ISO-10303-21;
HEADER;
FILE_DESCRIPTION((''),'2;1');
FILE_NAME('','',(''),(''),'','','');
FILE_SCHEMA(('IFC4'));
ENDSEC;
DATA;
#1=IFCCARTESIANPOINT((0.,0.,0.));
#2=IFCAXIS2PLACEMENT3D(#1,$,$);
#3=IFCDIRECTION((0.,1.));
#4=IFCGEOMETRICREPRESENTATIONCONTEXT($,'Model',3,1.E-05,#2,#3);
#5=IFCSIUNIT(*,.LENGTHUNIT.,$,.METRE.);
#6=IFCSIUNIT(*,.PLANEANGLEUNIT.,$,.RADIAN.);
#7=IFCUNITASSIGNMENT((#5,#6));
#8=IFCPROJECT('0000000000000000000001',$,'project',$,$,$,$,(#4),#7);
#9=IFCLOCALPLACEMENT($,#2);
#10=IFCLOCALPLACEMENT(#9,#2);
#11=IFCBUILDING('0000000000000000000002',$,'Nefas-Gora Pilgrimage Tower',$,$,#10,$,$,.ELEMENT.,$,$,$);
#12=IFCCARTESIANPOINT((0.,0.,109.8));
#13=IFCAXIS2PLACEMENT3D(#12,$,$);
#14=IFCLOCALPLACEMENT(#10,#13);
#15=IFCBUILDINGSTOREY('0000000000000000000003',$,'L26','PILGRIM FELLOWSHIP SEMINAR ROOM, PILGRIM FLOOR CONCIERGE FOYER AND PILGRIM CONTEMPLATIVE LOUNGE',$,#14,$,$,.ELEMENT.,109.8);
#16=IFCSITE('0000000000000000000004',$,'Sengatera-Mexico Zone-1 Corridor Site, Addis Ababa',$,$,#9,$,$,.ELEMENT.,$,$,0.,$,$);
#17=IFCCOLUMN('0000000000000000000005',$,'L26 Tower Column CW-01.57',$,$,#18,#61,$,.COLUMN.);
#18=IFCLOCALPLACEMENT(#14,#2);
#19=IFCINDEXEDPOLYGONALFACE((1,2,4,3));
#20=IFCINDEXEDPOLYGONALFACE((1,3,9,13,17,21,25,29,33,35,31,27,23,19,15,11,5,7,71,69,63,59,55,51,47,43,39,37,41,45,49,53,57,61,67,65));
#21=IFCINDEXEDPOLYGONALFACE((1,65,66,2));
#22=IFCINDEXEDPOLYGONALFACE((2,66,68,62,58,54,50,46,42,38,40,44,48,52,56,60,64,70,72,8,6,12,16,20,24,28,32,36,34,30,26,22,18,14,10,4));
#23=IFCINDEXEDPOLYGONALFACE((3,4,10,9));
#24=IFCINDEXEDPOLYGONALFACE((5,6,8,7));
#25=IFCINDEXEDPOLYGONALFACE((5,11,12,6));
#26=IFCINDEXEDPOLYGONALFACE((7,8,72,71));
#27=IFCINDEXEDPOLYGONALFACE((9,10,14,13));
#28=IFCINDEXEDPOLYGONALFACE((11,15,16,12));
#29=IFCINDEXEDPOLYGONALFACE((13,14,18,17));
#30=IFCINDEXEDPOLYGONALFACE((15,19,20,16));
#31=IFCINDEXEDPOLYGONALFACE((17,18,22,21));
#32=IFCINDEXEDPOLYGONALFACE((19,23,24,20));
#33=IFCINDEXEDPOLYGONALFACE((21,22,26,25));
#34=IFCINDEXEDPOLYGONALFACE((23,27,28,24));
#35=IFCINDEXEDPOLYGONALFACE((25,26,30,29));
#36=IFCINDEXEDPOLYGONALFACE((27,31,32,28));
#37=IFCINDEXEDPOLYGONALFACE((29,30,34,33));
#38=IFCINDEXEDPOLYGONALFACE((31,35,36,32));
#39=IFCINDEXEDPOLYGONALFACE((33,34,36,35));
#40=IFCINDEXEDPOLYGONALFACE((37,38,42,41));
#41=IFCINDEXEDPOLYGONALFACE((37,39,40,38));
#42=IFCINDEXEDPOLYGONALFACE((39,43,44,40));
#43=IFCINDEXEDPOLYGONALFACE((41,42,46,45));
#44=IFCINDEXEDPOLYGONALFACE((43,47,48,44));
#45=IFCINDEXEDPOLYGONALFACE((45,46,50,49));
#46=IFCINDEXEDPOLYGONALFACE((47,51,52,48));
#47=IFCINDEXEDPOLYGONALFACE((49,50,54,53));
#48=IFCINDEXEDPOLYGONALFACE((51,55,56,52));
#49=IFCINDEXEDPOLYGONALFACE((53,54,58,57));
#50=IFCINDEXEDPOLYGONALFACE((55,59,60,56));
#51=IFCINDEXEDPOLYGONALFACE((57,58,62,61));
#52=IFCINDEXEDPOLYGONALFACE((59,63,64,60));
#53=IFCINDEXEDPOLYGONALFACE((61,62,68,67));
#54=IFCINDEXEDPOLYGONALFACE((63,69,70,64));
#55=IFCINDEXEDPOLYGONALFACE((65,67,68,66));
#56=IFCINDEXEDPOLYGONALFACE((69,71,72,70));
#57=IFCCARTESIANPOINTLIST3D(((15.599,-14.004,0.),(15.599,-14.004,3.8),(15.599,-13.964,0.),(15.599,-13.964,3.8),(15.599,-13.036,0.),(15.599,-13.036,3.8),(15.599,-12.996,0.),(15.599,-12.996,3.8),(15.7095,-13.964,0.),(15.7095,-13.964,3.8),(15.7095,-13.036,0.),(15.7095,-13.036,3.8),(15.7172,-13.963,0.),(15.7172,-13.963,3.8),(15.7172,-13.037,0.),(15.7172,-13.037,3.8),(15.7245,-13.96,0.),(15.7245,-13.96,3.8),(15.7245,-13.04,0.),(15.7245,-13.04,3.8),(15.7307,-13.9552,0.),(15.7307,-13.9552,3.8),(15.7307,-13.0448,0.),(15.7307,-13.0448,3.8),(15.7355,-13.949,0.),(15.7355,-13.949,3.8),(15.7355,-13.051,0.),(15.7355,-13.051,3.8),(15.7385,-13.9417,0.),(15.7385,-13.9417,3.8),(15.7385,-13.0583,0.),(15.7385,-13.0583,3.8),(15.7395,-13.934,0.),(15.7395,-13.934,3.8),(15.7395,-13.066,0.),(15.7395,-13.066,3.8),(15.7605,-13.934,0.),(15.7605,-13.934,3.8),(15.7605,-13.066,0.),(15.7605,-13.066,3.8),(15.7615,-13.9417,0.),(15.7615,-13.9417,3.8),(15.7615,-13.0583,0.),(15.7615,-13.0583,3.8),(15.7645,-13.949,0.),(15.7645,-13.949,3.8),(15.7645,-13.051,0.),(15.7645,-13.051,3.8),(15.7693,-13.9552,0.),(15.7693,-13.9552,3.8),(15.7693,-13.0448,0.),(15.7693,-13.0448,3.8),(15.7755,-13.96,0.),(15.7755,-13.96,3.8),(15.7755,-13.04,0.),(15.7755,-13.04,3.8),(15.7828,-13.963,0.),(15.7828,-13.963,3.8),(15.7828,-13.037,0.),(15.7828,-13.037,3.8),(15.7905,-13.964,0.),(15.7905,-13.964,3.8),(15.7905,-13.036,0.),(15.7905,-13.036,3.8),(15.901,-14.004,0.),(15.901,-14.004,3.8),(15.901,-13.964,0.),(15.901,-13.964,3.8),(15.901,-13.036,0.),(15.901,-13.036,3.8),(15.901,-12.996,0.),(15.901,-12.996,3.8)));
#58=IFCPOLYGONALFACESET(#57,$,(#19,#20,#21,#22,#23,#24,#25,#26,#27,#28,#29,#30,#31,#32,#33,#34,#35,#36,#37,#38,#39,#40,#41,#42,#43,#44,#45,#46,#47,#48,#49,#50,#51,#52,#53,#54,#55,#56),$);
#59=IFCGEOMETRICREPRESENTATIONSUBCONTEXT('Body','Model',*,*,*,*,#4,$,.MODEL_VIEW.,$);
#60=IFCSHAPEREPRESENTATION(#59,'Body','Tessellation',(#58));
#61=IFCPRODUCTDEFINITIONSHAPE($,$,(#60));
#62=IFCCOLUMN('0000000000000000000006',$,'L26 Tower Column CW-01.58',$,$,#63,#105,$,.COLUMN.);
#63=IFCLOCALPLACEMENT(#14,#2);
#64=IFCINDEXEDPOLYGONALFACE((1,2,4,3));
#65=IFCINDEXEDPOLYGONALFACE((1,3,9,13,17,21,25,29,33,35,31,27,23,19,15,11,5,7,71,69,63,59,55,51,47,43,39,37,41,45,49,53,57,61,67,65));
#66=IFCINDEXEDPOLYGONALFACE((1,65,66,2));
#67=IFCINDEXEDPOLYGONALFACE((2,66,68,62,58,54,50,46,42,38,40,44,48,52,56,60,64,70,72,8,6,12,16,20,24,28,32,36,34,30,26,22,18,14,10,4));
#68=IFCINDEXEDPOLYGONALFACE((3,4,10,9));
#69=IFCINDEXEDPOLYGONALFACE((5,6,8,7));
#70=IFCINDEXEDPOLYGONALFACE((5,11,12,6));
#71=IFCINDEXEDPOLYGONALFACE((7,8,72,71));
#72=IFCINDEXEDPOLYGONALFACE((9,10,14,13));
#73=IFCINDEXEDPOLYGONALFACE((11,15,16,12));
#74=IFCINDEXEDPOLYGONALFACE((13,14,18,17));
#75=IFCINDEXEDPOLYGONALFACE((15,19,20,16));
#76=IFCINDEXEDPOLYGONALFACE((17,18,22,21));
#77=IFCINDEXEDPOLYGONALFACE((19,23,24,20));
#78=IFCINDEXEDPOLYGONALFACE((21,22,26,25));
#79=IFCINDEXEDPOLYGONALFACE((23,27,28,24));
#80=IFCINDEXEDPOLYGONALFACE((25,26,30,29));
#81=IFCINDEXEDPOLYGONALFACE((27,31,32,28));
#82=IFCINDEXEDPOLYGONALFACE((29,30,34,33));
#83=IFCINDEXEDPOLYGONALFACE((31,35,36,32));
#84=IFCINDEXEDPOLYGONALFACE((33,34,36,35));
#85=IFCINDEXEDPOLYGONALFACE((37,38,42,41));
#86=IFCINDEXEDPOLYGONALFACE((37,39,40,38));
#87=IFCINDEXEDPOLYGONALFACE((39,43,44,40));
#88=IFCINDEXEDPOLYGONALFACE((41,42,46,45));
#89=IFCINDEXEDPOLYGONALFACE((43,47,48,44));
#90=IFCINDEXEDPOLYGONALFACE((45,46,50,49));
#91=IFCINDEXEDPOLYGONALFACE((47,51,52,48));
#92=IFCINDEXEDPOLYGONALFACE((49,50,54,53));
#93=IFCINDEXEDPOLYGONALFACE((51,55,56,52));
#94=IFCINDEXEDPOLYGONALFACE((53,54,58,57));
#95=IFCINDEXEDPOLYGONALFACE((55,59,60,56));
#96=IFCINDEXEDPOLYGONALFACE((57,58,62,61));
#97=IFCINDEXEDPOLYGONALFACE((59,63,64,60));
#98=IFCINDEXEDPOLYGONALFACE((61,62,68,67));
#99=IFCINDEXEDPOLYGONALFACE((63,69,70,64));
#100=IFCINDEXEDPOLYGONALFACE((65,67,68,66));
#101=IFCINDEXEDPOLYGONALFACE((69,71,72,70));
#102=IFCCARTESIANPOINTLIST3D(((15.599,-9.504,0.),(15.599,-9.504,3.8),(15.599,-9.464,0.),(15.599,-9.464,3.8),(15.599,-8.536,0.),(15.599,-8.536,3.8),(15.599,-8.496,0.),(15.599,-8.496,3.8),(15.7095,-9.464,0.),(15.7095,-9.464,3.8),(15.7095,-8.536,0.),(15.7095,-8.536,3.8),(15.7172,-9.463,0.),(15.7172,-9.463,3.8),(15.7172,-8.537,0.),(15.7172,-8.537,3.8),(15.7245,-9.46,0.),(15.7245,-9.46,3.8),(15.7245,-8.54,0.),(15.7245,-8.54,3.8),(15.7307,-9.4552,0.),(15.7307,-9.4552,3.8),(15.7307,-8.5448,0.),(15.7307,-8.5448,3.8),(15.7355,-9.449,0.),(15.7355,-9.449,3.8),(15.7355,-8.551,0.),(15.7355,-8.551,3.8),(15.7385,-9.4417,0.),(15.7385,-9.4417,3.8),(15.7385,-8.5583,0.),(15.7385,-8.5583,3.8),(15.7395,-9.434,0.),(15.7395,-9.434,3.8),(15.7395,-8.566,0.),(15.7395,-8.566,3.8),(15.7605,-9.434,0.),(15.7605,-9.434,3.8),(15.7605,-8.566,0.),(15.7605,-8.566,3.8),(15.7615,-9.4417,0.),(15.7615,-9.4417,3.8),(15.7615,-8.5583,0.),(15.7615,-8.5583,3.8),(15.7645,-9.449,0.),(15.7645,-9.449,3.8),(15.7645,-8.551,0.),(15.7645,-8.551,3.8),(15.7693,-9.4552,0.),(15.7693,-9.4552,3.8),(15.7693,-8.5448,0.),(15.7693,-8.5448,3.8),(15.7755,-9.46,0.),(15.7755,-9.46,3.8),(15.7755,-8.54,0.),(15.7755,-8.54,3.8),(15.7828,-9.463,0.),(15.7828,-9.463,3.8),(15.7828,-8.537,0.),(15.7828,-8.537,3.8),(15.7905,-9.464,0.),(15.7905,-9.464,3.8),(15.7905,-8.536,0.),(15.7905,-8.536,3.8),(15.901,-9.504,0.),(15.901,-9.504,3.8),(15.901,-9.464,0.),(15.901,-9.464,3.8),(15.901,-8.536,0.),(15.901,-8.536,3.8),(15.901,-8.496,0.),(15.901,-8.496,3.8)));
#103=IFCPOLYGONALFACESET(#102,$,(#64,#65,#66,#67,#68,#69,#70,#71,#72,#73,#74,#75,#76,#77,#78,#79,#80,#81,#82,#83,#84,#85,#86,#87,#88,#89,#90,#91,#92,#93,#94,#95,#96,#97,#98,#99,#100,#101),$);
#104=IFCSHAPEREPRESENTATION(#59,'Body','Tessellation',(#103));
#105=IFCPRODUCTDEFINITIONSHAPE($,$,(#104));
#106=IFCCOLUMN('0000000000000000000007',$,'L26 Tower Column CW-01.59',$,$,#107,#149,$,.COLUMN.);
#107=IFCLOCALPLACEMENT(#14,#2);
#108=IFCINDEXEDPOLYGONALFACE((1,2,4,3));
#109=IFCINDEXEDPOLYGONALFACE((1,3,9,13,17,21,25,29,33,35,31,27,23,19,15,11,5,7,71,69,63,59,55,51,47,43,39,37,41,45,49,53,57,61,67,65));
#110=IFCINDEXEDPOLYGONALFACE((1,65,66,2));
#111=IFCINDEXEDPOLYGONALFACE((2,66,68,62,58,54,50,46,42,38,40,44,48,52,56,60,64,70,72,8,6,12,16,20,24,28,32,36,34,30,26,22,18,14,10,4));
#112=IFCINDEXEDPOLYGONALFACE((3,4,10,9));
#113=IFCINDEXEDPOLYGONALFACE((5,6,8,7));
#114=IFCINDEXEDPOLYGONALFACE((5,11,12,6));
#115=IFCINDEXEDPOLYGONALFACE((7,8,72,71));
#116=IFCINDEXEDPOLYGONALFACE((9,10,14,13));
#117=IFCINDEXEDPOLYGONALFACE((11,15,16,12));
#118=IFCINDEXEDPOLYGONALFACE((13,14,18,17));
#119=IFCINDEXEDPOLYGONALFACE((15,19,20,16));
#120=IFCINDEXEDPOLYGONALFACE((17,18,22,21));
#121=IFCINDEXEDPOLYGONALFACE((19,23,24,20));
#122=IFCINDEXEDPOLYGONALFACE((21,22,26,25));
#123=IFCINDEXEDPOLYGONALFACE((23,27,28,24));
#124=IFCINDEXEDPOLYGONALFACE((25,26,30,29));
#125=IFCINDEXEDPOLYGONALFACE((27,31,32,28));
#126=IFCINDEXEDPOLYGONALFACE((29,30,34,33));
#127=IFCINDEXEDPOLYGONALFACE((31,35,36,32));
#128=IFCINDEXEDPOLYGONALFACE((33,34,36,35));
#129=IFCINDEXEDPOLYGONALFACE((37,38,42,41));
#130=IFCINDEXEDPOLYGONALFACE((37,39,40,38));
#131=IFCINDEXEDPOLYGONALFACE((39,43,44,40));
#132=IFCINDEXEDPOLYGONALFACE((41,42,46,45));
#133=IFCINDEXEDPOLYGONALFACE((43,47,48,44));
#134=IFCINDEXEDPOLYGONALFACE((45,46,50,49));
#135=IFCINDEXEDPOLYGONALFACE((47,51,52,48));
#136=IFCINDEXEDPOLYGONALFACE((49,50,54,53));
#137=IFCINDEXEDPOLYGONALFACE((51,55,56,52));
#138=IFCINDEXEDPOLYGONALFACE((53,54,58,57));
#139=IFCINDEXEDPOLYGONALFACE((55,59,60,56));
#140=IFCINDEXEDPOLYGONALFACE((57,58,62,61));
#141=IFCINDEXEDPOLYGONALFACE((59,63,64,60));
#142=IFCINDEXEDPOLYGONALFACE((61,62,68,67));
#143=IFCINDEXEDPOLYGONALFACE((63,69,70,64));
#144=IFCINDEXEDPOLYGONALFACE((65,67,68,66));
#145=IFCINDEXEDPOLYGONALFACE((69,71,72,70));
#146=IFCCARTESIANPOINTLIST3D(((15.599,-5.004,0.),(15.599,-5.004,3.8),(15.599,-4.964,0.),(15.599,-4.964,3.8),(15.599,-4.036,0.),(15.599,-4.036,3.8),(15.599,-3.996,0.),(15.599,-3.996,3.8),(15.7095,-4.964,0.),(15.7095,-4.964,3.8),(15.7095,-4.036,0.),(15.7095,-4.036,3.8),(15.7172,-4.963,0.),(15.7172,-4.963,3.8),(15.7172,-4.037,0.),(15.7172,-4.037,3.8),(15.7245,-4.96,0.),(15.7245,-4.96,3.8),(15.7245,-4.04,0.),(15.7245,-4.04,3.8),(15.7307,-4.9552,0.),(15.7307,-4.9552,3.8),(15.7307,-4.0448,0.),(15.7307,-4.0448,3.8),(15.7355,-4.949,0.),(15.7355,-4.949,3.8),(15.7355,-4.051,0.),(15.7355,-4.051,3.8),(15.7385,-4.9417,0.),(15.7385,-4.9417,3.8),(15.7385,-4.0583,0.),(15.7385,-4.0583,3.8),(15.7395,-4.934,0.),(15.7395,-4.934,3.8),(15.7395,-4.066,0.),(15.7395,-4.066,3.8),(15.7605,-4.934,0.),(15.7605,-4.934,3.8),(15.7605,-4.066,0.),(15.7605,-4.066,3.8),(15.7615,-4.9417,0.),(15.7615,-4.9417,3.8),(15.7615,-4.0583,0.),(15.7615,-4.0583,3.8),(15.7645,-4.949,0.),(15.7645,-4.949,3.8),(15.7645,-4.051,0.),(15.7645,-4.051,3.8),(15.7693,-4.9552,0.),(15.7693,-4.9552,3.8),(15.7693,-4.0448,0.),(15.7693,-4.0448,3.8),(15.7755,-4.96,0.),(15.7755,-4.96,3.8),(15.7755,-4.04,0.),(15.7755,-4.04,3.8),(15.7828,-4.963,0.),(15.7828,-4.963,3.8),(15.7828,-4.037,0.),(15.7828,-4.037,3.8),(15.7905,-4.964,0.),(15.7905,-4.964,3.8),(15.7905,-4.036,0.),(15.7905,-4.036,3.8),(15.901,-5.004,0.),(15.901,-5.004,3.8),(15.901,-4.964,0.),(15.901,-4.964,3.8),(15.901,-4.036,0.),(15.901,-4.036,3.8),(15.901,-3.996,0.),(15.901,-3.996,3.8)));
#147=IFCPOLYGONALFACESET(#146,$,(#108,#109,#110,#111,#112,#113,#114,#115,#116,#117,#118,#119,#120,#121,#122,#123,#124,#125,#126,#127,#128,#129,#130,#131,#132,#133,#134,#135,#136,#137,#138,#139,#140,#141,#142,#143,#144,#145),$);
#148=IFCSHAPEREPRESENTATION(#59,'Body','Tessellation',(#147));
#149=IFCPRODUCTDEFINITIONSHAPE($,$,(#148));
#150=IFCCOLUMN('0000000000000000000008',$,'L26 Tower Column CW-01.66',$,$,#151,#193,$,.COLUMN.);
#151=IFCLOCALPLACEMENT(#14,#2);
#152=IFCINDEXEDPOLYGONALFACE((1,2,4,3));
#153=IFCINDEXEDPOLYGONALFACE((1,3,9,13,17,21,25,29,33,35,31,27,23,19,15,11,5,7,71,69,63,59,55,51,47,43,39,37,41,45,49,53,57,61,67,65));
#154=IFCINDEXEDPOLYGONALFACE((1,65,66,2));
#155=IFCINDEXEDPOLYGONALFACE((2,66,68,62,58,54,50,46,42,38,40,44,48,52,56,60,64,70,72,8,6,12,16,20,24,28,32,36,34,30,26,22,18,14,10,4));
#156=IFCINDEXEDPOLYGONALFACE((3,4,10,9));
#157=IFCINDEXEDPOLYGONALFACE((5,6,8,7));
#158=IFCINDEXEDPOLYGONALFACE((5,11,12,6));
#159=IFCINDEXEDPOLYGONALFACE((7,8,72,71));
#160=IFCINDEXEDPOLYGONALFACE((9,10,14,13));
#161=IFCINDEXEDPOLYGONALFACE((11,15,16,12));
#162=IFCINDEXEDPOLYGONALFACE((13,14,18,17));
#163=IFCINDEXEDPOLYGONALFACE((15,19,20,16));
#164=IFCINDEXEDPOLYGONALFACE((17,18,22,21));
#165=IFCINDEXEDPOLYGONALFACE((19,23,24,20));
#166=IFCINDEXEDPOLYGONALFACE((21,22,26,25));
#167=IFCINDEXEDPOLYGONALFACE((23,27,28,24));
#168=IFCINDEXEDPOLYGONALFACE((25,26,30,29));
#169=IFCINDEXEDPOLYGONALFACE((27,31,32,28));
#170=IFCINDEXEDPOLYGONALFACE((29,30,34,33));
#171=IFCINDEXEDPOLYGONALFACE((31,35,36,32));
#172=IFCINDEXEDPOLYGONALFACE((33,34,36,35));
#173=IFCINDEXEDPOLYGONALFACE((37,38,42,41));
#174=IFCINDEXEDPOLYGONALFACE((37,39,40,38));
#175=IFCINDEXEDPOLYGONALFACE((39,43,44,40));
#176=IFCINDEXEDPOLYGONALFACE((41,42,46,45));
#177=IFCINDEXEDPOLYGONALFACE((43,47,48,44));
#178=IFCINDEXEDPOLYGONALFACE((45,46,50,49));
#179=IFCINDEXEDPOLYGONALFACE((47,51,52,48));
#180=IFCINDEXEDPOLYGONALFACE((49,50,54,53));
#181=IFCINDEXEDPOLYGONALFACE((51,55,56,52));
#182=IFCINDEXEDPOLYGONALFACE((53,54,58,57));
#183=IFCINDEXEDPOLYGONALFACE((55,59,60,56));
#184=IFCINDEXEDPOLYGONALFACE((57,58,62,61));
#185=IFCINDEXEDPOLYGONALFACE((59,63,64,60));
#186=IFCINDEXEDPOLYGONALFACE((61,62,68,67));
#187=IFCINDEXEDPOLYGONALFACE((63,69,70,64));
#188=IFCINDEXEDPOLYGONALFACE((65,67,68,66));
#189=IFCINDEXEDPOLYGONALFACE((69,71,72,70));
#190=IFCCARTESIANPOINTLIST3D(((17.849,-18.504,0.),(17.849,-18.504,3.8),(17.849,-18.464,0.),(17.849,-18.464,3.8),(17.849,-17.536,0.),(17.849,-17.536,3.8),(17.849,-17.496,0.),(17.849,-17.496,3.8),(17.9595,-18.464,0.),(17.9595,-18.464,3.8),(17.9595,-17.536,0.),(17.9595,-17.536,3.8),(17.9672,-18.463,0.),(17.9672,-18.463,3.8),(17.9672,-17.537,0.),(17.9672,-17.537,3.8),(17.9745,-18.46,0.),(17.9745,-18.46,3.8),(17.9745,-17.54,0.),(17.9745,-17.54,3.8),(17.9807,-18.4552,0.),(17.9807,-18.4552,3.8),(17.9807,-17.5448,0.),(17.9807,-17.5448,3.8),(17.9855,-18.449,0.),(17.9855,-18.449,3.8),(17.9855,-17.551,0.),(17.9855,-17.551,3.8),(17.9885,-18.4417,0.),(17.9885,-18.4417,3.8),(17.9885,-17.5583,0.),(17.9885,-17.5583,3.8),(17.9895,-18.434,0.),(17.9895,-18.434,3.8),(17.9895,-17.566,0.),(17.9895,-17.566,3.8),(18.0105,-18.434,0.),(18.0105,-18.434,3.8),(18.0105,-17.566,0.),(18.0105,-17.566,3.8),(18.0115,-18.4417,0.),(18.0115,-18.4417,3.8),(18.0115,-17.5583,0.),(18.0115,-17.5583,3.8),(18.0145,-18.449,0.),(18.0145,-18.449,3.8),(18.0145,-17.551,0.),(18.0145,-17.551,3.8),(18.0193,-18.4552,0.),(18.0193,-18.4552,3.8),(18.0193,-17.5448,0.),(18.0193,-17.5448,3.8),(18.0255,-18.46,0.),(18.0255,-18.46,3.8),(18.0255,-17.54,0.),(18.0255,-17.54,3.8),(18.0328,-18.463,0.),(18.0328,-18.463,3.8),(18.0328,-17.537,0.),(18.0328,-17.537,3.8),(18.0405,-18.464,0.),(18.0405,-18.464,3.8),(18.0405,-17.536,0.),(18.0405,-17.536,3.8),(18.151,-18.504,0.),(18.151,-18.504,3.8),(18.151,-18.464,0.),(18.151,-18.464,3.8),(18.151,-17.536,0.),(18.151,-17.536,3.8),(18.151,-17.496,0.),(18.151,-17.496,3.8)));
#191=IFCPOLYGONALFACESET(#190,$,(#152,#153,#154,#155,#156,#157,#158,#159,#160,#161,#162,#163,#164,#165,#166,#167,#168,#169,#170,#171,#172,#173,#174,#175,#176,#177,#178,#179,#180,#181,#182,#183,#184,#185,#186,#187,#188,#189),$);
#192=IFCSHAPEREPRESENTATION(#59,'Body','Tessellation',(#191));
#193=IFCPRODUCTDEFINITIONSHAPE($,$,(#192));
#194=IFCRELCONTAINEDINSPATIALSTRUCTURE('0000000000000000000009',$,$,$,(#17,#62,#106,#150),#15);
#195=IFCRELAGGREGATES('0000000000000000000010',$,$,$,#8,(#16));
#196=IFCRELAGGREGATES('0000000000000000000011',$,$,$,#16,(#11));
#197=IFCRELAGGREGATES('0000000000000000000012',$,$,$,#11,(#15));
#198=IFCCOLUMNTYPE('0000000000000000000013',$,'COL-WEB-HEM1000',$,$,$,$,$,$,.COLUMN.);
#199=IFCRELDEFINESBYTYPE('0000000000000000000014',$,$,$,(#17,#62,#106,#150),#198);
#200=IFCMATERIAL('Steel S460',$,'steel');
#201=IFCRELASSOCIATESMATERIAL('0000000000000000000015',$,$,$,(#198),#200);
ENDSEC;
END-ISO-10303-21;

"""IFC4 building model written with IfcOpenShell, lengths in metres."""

from ifc_helpers import new_model, si_unit, direction, frame, origin, origin_2d, place, context, subcontext, project, spatial, i_section, extrude, source, transform, mapped, material, material_profile, profile_set, type_object, element, save


model = new_model("IFC4")

# Units and contexts
model_context = context("Model", 3, precision=1e-05, world=origin(), true_north=direction((0.0, 1.0)))
body_context = subcontext(model_context, "Body", "Model", "MODEL_VIEW")
ifc_project = project(units=[si_unit("LENGTHUNIT", "METRE"), si_unit("PLANEANGLEUNIT", "RADIAN")], contexts=[model_context])

# Site, building, storey
site_placement = place(None, origin())
site = spatial("IfcSite", under=ifc_project, at=site_placement, Name="Sengatera-Mexico Zone-1 Corridor Site, Addis Ababa", CompositionType="ELEMENT", RefElevation=0.0)
building_placement = place(site_placement, origin())
building = spatial("IfcBuilding", under=site, at=building_placement, Name="Nefas-Gora Pilgrimage Tower", CompositionType="ELEMENT")
storey_placement = place(building_placement, frame((0.0, 0.0, 109.8)))
storey = spatial("IfcBuildingStorey", under=building, at=storey_placement, Name="L26", Description="PILGRIM FELLOWSHIP SEMINAR ROOM, PILGRIM FLOOR CONCIERGE FOYER AND PILGRIM CONTEMPLATIVE LOUNGE", CompositionType="ELEMENT", Elevation=109.8)

# Columns
ifc_material_1 = material(Name="Steel S460", Category="steel")
ifc_material_profile_1 = material_profile(ifc_material_1, i_section(OverallWidth=0.302, OverallDepth=1.0081, WebThickness=0.021, FlangeThickness=0.04, FilletRadius=0.03, at=origin_2d()), Name="HEM 1000")
ifc_profile_set_1 = profile_set([ifc_material_profile_1], Name="Steel S460")
column_type_1 = type_object("IfcColumnType", Name="COL-WEB-HEM1000", PredefinedType="COLUMN", material=ifc_profile_set_1)
shared_shape_1 = source(origin(), body_context, "Body", "SweptSolid", [
    extrude(i_section(OverallWidth=0.302, OverallDepth=1.0081, WebThickness=0.021, FlangeThickness=0.04, FilletRadius=0.03, at=origin_2d()), origin(), (0.0, 0.0, 1.0), 3.8),
])
for number, where, z_axis, x_axis, name in (
    (1, (15.75, -13.5, 0.0), (0.0, 0.0, 1.0), (1.0, 0.0, 0.0), "L26 Tower Column CW-01.57"),
    (2, (15.75, -9.0, 0.0), (0.0, 0.0, 1.0), (1.0, 0.0, 0.0), "L26 Tower Column CW-01.58"),
    (3, (15.75, -4.5, 0.0), (0.0, 0.0, 1.0), (1.0, 0.0, 0.0), "L26 Tower Column CW-01.59"),
    (4, (18.0, -18.0, 0.0), (0.0, 0.0, 1.0), (1.0, 0.0, 0.0), "L26 Tower Column CW-01.66"),
):
    element("IfcColumn", number, at=place(storey_placement, frame(where, z_axis=z_axis, x_axis=x_axis)), inside=storey, type_object=column_type_1, Name=name, PredefinedType="COLUMN", context=body_context, shape_type="MappedRepresentation", body=[
        mapped(shared_shape_1, transform((0.0, 0.0, 0.0), x_axis=(1.0, 0.0, 0.0), y_axis=(0.0, 1.0, 0.0), z_axis=(0.0, 0.0, 1.0), scale=1.0)),
    ])

save(model, "model.ifc")
